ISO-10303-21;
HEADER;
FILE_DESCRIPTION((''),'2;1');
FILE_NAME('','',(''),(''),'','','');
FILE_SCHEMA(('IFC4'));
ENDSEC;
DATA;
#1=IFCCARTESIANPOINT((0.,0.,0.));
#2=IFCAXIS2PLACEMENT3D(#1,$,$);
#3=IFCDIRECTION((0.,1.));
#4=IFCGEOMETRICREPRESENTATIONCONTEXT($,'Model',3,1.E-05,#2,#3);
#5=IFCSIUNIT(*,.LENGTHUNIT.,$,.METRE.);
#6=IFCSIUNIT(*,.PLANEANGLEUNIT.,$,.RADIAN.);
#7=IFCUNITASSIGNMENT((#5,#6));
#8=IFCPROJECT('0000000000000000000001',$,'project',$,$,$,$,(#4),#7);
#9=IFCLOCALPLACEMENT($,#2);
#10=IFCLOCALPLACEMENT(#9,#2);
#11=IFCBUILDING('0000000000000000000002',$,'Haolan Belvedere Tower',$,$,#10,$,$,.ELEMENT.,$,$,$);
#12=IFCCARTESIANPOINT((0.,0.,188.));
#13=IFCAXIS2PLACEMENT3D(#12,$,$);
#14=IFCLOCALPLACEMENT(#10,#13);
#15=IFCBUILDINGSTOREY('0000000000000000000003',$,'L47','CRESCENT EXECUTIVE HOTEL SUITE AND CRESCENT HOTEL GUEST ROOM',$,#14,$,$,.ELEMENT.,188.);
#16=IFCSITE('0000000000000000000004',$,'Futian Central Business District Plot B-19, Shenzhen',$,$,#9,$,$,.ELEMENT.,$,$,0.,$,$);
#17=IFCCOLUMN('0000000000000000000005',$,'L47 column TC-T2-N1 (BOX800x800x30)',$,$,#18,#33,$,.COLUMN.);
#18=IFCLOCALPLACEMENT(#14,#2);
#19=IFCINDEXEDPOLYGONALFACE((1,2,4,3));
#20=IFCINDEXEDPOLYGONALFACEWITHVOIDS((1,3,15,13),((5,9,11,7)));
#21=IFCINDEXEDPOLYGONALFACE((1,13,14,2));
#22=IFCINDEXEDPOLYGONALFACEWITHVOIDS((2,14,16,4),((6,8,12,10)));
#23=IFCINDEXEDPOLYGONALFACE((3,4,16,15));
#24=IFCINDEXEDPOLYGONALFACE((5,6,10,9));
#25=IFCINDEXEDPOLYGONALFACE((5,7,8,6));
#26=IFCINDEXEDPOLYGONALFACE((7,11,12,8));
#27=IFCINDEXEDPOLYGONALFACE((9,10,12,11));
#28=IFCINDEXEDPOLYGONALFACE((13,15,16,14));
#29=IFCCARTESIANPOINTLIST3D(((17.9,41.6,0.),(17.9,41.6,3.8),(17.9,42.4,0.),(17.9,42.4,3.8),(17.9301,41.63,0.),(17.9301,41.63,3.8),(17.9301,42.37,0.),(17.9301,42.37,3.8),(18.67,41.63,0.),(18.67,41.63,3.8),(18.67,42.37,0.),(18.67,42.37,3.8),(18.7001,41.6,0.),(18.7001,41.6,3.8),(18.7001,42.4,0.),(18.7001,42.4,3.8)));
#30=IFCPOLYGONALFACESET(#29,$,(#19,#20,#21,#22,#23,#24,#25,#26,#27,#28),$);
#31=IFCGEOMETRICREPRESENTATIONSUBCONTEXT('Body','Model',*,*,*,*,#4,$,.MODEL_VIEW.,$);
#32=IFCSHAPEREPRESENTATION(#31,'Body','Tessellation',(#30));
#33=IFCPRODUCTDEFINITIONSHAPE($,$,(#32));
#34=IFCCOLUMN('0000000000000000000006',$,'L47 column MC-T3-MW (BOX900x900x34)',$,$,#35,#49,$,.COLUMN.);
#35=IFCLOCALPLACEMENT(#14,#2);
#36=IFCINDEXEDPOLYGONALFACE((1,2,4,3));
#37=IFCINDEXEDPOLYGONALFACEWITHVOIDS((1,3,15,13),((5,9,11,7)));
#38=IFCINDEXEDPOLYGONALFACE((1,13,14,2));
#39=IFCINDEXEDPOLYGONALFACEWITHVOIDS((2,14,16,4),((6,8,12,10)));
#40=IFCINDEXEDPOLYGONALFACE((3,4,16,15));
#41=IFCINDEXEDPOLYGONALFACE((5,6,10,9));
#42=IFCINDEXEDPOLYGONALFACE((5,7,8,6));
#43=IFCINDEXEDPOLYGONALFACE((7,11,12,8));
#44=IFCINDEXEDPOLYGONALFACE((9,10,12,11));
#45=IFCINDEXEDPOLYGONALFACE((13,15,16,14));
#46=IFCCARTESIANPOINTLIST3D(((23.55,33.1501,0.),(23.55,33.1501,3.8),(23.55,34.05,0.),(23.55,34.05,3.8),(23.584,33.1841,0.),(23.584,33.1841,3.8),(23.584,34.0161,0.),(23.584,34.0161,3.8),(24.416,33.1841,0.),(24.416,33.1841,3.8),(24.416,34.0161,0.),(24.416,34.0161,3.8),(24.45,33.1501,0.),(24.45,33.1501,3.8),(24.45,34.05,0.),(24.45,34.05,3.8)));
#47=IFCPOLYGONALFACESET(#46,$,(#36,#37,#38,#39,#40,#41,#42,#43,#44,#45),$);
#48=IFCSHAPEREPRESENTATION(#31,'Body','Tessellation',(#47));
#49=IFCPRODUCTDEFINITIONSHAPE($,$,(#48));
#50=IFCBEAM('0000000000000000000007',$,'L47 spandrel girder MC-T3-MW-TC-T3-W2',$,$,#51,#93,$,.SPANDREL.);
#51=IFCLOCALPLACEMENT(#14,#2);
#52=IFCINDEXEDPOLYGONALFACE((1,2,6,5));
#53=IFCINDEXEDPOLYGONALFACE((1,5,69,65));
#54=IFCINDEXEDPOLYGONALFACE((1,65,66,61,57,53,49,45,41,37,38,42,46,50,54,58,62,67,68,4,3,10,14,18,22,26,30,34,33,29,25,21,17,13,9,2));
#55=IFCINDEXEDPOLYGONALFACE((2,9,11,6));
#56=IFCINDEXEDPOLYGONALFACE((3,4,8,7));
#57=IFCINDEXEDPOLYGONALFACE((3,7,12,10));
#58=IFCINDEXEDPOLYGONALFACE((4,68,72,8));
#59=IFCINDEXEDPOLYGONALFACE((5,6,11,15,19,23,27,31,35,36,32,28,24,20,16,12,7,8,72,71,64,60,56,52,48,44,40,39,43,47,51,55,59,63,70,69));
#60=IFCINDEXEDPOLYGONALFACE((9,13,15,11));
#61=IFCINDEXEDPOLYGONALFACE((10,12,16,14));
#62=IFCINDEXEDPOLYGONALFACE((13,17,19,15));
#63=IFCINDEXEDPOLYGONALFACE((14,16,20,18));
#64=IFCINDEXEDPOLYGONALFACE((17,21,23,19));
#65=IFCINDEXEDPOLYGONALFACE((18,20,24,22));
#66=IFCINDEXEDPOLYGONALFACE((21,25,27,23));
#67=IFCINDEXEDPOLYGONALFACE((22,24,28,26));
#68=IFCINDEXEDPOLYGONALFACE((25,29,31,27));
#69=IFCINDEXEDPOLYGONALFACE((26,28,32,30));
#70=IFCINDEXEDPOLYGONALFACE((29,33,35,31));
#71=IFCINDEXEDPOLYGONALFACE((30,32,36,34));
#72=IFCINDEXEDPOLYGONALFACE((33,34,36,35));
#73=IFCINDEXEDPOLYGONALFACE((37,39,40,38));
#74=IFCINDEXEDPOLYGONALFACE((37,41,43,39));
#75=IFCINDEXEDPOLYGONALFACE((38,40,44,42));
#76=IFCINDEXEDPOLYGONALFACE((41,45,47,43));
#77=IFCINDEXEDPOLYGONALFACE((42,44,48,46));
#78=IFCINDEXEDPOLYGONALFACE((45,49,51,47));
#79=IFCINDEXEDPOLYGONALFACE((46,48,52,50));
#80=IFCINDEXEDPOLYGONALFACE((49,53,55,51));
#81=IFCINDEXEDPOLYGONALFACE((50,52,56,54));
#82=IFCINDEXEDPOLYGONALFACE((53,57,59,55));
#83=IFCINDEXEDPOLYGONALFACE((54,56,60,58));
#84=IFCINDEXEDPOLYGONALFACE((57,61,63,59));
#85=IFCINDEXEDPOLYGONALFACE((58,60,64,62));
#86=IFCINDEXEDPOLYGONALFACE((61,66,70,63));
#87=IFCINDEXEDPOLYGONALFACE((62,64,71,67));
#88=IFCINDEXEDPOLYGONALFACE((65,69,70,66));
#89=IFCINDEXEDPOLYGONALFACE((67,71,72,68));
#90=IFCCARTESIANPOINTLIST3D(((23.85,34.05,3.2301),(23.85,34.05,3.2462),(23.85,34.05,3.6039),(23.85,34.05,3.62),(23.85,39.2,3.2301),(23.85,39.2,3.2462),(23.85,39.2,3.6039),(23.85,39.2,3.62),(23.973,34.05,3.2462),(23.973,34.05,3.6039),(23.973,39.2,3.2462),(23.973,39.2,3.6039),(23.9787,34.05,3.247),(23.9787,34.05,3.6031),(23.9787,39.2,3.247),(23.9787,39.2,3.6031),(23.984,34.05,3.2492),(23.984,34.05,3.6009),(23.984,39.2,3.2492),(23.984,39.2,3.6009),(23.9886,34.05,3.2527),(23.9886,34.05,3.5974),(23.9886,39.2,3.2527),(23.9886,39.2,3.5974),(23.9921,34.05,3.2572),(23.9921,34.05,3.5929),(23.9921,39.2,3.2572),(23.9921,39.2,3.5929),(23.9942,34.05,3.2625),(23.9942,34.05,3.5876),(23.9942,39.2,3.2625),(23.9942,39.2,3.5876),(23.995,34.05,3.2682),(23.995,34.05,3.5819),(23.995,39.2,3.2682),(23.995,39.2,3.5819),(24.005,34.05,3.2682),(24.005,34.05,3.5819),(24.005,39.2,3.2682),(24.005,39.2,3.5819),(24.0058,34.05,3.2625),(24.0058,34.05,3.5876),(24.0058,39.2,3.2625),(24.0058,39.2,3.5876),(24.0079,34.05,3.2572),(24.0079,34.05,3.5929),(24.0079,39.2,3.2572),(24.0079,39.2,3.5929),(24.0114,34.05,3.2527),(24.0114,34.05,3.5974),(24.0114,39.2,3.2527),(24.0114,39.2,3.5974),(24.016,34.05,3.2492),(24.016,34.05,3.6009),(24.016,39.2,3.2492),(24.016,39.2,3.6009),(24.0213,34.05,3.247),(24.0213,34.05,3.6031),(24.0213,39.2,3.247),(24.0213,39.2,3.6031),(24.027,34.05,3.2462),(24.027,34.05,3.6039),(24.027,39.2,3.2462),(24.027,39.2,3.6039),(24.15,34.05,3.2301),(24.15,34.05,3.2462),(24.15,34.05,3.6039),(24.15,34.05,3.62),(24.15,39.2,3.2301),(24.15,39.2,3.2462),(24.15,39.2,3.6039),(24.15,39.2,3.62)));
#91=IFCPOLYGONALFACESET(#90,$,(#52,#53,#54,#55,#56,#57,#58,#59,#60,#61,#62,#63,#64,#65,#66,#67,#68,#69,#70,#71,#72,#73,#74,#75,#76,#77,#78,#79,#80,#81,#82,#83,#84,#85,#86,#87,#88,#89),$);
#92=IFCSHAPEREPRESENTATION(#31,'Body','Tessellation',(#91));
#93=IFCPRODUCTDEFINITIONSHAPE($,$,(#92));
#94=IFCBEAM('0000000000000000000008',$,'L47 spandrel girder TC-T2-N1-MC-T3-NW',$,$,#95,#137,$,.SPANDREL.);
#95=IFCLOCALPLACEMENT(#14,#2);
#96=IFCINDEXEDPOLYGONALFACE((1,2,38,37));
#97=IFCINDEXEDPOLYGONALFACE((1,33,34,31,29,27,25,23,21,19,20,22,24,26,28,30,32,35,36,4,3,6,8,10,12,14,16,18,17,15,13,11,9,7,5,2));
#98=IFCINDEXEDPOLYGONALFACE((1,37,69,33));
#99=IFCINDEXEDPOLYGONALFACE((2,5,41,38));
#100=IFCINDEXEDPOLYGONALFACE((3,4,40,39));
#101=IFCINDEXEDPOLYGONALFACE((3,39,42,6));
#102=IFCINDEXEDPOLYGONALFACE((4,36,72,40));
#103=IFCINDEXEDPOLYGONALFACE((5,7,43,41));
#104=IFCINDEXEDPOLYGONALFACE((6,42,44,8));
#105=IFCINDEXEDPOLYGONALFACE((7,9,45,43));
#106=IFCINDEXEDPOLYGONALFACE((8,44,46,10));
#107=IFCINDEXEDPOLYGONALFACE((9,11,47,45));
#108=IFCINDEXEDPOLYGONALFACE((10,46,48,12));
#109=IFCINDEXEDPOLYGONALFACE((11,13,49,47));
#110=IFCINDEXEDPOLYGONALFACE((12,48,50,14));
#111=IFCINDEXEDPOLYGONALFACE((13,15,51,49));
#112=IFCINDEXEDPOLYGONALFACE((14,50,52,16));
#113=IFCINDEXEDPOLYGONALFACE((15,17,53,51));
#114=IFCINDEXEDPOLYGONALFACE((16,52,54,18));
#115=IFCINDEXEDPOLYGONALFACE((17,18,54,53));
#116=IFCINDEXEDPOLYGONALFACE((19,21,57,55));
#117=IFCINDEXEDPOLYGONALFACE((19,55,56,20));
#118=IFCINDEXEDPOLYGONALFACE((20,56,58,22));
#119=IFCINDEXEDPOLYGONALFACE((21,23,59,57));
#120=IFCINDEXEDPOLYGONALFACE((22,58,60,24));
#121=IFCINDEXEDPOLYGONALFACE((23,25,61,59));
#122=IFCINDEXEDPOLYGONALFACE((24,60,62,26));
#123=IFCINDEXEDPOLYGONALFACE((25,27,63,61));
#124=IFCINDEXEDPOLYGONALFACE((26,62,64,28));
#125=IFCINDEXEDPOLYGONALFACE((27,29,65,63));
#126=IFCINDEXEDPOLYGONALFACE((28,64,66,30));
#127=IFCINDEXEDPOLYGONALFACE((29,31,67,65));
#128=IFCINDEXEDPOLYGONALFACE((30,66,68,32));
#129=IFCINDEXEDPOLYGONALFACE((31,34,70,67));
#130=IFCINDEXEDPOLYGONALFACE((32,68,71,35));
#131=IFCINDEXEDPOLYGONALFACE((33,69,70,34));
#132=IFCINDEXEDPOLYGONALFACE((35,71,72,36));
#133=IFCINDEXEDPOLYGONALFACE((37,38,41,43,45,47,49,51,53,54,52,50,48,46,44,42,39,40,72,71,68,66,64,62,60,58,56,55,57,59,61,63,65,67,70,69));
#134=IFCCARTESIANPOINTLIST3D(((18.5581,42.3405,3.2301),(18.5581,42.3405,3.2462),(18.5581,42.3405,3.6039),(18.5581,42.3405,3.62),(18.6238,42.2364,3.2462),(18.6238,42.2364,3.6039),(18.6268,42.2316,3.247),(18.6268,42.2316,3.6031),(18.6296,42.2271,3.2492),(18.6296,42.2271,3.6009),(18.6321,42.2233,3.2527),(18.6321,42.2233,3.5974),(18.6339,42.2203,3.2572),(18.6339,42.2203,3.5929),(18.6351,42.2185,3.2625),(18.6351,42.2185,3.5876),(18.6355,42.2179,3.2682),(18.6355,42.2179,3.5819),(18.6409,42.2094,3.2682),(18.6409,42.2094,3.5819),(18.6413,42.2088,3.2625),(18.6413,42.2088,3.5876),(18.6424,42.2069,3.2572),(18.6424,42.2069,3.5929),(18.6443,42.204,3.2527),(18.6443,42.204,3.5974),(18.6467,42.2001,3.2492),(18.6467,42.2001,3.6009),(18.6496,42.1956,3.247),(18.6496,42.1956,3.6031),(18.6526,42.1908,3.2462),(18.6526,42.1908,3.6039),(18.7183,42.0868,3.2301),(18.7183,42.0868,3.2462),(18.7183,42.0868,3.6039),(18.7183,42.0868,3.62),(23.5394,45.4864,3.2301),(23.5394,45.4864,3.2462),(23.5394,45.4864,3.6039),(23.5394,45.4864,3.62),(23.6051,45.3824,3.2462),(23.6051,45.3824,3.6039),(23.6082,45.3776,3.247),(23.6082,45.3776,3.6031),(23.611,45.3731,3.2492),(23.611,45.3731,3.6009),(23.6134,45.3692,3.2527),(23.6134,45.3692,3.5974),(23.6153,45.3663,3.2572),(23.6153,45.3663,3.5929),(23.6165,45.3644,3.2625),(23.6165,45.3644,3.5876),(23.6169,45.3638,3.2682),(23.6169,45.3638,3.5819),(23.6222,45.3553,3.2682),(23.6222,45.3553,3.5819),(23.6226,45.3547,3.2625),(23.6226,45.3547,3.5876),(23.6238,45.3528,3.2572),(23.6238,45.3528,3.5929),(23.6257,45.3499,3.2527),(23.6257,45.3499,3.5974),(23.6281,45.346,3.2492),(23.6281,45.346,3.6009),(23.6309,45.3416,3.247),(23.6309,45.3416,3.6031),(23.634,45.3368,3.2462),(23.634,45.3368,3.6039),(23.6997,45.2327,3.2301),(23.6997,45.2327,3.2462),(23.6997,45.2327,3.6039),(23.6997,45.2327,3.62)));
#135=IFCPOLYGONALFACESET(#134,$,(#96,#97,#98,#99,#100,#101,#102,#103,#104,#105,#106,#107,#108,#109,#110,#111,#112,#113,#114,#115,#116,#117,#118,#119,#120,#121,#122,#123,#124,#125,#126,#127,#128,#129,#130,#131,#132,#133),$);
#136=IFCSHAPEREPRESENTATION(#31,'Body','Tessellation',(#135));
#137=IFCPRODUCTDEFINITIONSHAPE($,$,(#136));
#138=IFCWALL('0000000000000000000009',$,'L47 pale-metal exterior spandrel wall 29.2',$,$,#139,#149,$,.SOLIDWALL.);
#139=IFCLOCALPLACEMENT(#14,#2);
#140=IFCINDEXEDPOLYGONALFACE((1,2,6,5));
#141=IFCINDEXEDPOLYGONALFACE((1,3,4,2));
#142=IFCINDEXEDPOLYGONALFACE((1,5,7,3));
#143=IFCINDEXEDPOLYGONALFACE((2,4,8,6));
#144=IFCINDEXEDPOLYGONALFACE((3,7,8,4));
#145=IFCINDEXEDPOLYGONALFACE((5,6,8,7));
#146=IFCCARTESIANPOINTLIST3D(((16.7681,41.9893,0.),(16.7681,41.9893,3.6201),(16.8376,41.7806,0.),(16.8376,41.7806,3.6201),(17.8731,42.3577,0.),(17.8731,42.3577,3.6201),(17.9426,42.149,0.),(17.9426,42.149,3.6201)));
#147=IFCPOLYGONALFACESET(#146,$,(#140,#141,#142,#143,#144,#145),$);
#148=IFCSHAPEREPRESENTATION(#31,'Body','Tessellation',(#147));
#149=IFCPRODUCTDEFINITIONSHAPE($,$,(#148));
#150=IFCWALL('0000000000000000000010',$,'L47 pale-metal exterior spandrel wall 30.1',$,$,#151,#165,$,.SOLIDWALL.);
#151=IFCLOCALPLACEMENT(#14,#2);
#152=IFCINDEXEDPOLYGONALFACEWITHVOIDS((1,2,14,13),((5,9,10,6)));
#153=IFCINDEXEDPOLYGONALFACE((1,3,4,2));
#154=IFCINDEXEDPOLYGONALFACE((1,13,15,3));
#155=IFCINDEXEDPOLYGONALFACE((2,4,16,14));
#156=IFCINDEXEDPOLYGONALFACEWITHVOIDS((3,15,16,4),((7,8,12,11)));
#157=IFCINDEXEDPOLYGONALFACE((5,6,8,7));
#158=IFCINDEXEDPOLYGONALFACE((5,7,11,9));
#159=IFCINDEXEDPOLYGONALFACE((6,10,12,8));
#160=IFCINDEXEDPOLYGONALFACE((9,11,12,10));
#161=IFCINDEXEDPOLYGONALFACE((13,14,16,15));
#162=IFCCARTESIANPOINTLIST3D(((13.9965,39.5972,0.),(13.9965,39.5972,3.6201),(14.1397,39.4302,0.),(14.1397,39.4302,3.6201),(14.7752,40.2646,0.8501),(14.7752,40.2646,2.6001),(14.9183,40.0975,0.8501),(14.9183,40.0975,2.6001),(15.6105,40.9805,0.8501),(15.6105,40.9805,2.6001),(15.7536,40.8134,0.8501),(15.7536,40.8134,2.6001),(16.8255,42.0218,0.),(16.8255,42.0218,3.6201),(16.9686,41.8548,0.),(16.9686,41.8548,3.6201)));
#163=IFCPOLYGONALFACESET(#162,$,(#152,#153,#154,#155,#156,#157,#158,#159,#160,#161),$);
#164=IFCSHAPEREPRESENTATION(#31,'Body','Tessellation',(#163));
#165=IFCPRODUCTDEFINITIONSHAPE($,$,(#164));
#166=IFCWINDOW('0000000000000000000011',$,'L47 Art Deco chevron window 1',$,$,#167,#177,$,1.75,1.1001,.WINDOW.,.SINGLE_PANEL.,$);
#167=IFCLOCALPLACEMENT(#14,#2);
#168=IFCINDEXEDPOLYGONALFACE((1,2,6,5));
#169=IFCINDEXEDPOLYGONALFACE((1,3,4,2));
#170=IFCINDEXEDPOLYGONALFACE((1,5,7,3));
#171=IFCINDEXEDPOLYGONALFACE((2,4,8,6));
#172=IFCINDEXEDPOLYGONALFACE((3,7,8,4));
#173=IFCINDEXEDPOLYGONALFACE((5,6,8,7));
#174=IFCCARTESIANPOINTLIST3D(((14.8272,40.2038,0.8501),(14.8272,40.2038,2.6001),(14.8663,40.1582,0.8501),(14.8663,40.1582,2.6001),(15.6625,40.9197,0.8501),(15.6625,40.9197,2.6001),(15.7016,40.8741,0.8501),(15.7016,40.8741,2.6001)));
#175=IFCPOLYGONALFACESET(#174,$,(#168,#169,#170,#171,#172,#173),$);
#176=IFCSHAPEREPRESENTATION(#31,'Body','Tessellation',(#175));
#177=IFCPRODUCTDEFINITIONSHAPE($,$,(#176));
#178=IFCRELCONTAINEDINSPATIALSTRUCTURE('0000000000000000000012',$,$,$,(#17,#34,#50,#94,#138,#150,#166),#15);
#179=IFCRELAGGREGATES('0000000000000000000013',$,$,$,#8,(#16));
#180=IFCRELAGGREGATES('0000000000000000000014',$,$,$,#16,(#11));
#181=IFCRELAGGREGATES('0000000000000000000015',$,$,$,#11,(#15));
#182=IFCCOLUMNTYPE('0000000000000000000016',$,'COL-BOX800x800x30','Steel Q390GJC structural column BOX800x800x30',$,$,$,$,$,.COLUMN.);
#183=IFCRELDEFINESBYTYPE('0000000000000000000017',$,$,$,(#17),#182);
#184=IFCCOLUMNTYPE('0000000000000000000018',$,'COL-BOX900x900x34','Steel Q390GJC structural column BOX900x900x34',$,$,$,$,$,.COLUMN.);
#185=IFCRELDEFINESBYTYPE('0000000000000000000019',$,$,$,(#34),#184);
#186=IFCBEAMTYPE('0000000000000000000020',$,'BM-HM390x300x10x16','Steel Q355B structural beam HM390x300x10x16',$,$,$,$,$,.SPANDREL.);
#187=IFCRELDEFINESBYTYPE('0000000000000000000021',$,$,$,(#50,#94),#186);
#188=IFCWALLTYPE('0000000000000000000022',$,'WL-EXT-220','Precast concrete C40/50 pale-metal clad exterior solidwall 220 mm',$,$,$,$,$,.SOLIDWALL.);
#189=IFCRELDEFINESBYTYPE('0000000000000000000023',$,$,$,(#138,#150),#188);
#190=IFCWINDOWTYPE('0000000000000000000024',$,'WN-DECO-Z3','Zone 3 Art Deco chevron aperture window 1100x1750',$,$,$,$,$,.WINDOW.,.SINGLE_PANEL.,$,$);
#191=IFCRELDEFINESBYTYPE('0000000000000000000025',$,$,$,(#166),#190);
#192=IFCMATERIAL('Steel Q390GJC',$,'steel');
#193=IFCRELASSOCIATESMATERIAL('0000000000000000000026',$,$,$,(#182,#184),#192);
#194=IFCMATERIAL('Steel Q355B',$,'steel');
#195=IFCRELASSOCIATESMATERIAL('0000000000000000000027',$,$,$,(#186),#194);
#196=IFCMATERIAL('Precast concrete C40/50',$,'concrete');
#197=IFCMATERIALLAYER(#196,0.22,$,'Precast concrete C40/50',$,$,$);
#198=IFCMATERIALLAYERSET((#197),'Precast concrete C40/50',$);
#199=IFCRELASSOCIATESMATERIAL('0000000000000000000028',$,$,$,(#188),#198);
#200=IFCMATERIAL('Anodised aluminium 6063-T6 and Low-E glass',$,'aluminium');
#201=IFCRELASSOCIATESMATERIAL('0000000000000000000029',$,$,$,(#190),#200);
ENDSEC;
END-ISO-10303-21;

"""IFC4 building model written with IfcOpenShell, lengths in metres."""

from ifc_helpers import new_model, si_unit, direction, frame, frame_2d, origin, origin_2d, place, context, subcontext, project, spatial, rectangle, hollow_rectangle, i_section, extrude, material, layer, layer_set, material_profile, profile_set, type_object, element, fill, save


model = new_model("IFC4")

# Units and contexts
model_context = context("Model", 3, precision=1e-05, world=origin(), true_north=direction((0.0, 1.0)))
body_context = subcontext(model_context, "Body", "Model", "MODEL_VIEW")
ifc_project = project(units=[si_unit("LENGTHUNIT", "METRE"), si_unit("PLANEANGLEUNIT", "RADIAN")], contexts=[model_context])

# Site, building, storey
site_placement = place(None, origin())
site = spatial("IfcSite", under=ifc_project, at=site_placement, Name="Futian Central Business District Plot B-19, Shenzhen", CompositionType="ELEMENT", RefElevation=0.0)
building_placement = place(site_placement, origin())
building = spatial("IfcBuilding", under=site, at=building_placement, Name="Haolan Belvedere Tower", CompositionType="ELEMENT")
storey_placement = place(building_placement, frame((0.0, 0.0, 188.0)))
storey = spatial("IfcBuildingStorey", under=building, at=storey_placement, Name="L47", Description="CRESCENT EXECUTIVE HOTEL SUITE AND CRESCENT HOTEL GUEST ROOM", CompositionType="ELEMENT", Elevation=188.0)

# Columns
ifc_material_1 = material(Name="Steel Q390GJC", Category="steel")
ifc_material_profile_1 = material_profile(ifc_material_1, hollow_rectangle(XDim=0.8, YDim=0.8, WallThickness=0.03, at=origin_2d()), Name="Steel Q390GJC")
ifc_profile_set_1 = profile_set([ifc_material_profile_1], Name="Steel Q390GJC")
column_type_1 = type_object("IfcColumnType", Name="COL-BOX800x800x30", Description="Steel Q390GJC structural column BOX800x800x30", PredefinedType="COLUMN", material=ifc_profile_set_1)
column_1_placement = place(storey_placement, frame((18.3, 42.0, 0.0), z_axis=(0.0, 0.0, 1.0), x_axis=(1.0, 0.0, 0.0)))
element("IfcColumn", 1, at=column_1_placement, inside=storey, type_object=column_type_1, Name="L47 column TC-T2-N1 (BOX800x800x30)", PredefinedType="COLUMN", context=body_context, shape_type="SweptSolid", body=[
    extrude(hollow_rectangle(XDim=0.8, YDim=0.8, WallThickness=0.03, at=origin_2d()), origin(), (0.0, 0.0, 1.0), 3.8),
])
ifc_material_profile_2 = material_profile(ifc_material_1, hollow_rectangle(XDim=0.8999, YDim=0.8999, WallThickness=0.0339, at=origin_2d()), Name="Steel Q390GJC")
ifc_profile_set_2 = profile_set([ifc_material_profile_2], Name="Steel Q390GJC")
column_type_2 = type_object("IfcColumnType", Name="COL-BOX900x900x34", Description="Steel Q390GJC structural column BOX900x900x34", PredefinedType="COLUMN", material=ifc_profile_set_2)
column_2_placement = place(storey_placement, frame((24.0, 33.6001, 0.0), z_axis=(0.0, 0.0, 1.0), x_axis=(1.0, 0.0, 0.0)))
element("IfcColumn", 2, at=column_2_placement, inside=storey, type_object=column_type_2, Name="L47 column MC-T3-MW (BOX900x900x34)", PredefinedType="COLUMN", context=body_context, shape_type="SweptSolid", body=[
    extrude(hollow_rectangle(XDim=0.8999, YDim=0.8999, WallThickness=0.0339, at=origin_2d()), origin(), (0.0, 0.0, 1.0), 3.8),
])

# Beams
ifc_material_2 = material(Name="Steel Q355B", Category="steel")
ifc_material_profile_3 = material_profile(ifc_material_2, i_section(OverallWidth=0.3, OverallDepth=0.3899, WebThickness=0.01, FlangeThickness=0.0161, FilletRadius=0.022, at=origin_2d()), Name="Steel Q355B")
ifc_profile_set_3 = profile_set([ifc_material_profile_3], Name="Steel Q355B")
beam_type = type_object("IfcBeamType", Name="BM-HM390x300x10x16", Description="Steel Q355B structural beam HM390x300x10x16", PredefinedType="SPANDREL", material=ifc_profile_set_3)
beam_1_placement = place(storey_placement, frame((24.0, 34.05, 3.425), z_axis=(0.0, 1.0, 0.0), x_axis=(-1.0, 0.0, 0.0)))
element("IfcBeam", 3, at=beam_1_placement, inside=storey, type_object=beam_type, Name="L47 spandrel girder MC-T3-MW-TC-T3-W2", PredefinedType="SPANDREL", context=body_context, shape_type="SweptSolid", body=[
    extrude(i_section(OverallWidth=0.3, OverallDepth=0.3899, WebThickness=0.01, FlangeThickness=0.0161, FilletRadius=0.022, at=origin_2d()), origin(), (0.0, 0.0, 1.0), 5.1499),
])
beam_2_placement = place(storey_placement, frame((18.6382, 42.2136, 3.425), z_axis=(0.845503, 0.533971, 0.0), x_axis=(-0.533971, 0.845503, 0.0)))
element("IfcBeam", 4, at=beam_2_placement, inside=storey, type_object=beam_type, Name="L47 spandrel girder TC-T2-N1-MC-T3-NW", PredefinedType="SPANDREL", context=body_context, shape_type="SweptSolid", body=[
    extrude(i_section(OverallWidth=0.3, OverallDepth=0.3899, WebThickness=0.01, FlangeThickness=0.0161, FilletRadius=0.022, at=origin_2d()), origin(), (0.0, 0.0, 1.0), 5.8916),
])

# Wall
ifc_material_3 = material(Name="Precast concrete C40/50", Category="concrete")
ifc_layer_1 = layer(ifc_material_3, 0.22, Name="Precast concrete C40/50")
ifc_layer_set_1 = layer_set([ifc_layer_1], Name="Precast concrete C40/50")
wall_type_1 = type_object("IfcWallType", Name="WL-EXT-220", Description="Precast concrete C40/50 pale-metal clad exterior solidwall 220 mm", PredefinedType="SOLIDWALL", material=ifc_layer_set_1)
wall_1_placement = place(storey_placement, frame((17.908, 42.2534, 0.0), z_axis=(0.0, 0.0, 1.0), x_axis=(-0.948662, -0.316291, 0.0)))
element("IfcWall", 5, at=wall_1_placement, inside=storey, type_object=wall_type_1, Name="L47 pale-metal exterior spandrel wall 29.2", PredefinedType="SOLIDWALL", context=body_context, shape_type="SweptSolid", body=[
    extrude(rectangle(XDim=1.1648, YDim=0.22, at=frame_2d((0.5825, 0.0))), origin(), (0.0, 0.0, 1.0), 3.6201),
])

# Wall, opening, window
wall_2_placement = place(storey_placement, frame((16.897, 41.9382, 0.0), z_axis=(0.0, 0.0, 1.0), x_axis=(-0.75928, -0.650764, 0.0)))
wall_2 = element("IfcWall", 6, at=wall_2_placement, inside=storey, type_object=wall_type_1, Name="L47 pale-metal exterior spandrel wall 30.1", PredefinedType="SOLIDWALL", context=body_context, shape_type="SweptSolid", body=[
    extrude(rectangle(XDim=3.7258, YDim=0.22, at=frame_2d((1.8628, 0.0))), origin(), (0.0, 0.0, 1.0), 3.6201),
])
opening_1_placement = place(wall_2_placement, frame((1.6001, 0.0, 0.8501)))
opening_1 = element("IfcOpeningElement", 7, at=opening_1_placement, cuts=wall_2, PredefinedType="OPENING", context=body_context, shape_type="SweptSolid", body=[
    extrude(rectangle(XDim=1.1001, YDim=1.75, at=frame_2d((0.55, 0.875))), frame((0.0, 0.1199, 0.0), z_axis=(0.0, -1.0, 0.0), x_axis=(1.0, 0.0, 0.0)), (0.0, 0.0, 1.0), 0.24),
])
ifc_material_4 = material(Name="Anodised aluminium 6063-T6 and Low-E glass", Category="aluminium")
window_type = type_object("IfcWindowType", Name="WN-DECO-Z3", Description="Zone 3 Art Deco chevron aperture window 1100x1750", PartitioningType="SINGLE_PANEL", PredefinedType="WINDOW", material=ifc_material_4)
window_1_placement = place(opening_1_placement, origin())
window_1 = element("IfcWindow", 8, at=window_1_placement, inside=storey, type_object=window_type, Name="L47 Art Deco chevron window 1", OverallHeight=1.75, OverallWidth=1.1001, PartitioningType="SINGLE_PANEL", PredefinedType="WINDOW", context=body_context, shape_type="SweptSolid", body=[
    extrude(rectangle(XDim=1.1001, YDim=1.75, at=frame_2d((0.55, 0.875))), frame((0.0, 0.03, 0.0), z_axis=(0.0, -1.0, 0.0), x_axis=(1.0, 0.0, 0.0)), (0.0, 0.0, 1.0), 0.0601),
])
fill(opening_1, window_1)

save(model, "model.ifc")
